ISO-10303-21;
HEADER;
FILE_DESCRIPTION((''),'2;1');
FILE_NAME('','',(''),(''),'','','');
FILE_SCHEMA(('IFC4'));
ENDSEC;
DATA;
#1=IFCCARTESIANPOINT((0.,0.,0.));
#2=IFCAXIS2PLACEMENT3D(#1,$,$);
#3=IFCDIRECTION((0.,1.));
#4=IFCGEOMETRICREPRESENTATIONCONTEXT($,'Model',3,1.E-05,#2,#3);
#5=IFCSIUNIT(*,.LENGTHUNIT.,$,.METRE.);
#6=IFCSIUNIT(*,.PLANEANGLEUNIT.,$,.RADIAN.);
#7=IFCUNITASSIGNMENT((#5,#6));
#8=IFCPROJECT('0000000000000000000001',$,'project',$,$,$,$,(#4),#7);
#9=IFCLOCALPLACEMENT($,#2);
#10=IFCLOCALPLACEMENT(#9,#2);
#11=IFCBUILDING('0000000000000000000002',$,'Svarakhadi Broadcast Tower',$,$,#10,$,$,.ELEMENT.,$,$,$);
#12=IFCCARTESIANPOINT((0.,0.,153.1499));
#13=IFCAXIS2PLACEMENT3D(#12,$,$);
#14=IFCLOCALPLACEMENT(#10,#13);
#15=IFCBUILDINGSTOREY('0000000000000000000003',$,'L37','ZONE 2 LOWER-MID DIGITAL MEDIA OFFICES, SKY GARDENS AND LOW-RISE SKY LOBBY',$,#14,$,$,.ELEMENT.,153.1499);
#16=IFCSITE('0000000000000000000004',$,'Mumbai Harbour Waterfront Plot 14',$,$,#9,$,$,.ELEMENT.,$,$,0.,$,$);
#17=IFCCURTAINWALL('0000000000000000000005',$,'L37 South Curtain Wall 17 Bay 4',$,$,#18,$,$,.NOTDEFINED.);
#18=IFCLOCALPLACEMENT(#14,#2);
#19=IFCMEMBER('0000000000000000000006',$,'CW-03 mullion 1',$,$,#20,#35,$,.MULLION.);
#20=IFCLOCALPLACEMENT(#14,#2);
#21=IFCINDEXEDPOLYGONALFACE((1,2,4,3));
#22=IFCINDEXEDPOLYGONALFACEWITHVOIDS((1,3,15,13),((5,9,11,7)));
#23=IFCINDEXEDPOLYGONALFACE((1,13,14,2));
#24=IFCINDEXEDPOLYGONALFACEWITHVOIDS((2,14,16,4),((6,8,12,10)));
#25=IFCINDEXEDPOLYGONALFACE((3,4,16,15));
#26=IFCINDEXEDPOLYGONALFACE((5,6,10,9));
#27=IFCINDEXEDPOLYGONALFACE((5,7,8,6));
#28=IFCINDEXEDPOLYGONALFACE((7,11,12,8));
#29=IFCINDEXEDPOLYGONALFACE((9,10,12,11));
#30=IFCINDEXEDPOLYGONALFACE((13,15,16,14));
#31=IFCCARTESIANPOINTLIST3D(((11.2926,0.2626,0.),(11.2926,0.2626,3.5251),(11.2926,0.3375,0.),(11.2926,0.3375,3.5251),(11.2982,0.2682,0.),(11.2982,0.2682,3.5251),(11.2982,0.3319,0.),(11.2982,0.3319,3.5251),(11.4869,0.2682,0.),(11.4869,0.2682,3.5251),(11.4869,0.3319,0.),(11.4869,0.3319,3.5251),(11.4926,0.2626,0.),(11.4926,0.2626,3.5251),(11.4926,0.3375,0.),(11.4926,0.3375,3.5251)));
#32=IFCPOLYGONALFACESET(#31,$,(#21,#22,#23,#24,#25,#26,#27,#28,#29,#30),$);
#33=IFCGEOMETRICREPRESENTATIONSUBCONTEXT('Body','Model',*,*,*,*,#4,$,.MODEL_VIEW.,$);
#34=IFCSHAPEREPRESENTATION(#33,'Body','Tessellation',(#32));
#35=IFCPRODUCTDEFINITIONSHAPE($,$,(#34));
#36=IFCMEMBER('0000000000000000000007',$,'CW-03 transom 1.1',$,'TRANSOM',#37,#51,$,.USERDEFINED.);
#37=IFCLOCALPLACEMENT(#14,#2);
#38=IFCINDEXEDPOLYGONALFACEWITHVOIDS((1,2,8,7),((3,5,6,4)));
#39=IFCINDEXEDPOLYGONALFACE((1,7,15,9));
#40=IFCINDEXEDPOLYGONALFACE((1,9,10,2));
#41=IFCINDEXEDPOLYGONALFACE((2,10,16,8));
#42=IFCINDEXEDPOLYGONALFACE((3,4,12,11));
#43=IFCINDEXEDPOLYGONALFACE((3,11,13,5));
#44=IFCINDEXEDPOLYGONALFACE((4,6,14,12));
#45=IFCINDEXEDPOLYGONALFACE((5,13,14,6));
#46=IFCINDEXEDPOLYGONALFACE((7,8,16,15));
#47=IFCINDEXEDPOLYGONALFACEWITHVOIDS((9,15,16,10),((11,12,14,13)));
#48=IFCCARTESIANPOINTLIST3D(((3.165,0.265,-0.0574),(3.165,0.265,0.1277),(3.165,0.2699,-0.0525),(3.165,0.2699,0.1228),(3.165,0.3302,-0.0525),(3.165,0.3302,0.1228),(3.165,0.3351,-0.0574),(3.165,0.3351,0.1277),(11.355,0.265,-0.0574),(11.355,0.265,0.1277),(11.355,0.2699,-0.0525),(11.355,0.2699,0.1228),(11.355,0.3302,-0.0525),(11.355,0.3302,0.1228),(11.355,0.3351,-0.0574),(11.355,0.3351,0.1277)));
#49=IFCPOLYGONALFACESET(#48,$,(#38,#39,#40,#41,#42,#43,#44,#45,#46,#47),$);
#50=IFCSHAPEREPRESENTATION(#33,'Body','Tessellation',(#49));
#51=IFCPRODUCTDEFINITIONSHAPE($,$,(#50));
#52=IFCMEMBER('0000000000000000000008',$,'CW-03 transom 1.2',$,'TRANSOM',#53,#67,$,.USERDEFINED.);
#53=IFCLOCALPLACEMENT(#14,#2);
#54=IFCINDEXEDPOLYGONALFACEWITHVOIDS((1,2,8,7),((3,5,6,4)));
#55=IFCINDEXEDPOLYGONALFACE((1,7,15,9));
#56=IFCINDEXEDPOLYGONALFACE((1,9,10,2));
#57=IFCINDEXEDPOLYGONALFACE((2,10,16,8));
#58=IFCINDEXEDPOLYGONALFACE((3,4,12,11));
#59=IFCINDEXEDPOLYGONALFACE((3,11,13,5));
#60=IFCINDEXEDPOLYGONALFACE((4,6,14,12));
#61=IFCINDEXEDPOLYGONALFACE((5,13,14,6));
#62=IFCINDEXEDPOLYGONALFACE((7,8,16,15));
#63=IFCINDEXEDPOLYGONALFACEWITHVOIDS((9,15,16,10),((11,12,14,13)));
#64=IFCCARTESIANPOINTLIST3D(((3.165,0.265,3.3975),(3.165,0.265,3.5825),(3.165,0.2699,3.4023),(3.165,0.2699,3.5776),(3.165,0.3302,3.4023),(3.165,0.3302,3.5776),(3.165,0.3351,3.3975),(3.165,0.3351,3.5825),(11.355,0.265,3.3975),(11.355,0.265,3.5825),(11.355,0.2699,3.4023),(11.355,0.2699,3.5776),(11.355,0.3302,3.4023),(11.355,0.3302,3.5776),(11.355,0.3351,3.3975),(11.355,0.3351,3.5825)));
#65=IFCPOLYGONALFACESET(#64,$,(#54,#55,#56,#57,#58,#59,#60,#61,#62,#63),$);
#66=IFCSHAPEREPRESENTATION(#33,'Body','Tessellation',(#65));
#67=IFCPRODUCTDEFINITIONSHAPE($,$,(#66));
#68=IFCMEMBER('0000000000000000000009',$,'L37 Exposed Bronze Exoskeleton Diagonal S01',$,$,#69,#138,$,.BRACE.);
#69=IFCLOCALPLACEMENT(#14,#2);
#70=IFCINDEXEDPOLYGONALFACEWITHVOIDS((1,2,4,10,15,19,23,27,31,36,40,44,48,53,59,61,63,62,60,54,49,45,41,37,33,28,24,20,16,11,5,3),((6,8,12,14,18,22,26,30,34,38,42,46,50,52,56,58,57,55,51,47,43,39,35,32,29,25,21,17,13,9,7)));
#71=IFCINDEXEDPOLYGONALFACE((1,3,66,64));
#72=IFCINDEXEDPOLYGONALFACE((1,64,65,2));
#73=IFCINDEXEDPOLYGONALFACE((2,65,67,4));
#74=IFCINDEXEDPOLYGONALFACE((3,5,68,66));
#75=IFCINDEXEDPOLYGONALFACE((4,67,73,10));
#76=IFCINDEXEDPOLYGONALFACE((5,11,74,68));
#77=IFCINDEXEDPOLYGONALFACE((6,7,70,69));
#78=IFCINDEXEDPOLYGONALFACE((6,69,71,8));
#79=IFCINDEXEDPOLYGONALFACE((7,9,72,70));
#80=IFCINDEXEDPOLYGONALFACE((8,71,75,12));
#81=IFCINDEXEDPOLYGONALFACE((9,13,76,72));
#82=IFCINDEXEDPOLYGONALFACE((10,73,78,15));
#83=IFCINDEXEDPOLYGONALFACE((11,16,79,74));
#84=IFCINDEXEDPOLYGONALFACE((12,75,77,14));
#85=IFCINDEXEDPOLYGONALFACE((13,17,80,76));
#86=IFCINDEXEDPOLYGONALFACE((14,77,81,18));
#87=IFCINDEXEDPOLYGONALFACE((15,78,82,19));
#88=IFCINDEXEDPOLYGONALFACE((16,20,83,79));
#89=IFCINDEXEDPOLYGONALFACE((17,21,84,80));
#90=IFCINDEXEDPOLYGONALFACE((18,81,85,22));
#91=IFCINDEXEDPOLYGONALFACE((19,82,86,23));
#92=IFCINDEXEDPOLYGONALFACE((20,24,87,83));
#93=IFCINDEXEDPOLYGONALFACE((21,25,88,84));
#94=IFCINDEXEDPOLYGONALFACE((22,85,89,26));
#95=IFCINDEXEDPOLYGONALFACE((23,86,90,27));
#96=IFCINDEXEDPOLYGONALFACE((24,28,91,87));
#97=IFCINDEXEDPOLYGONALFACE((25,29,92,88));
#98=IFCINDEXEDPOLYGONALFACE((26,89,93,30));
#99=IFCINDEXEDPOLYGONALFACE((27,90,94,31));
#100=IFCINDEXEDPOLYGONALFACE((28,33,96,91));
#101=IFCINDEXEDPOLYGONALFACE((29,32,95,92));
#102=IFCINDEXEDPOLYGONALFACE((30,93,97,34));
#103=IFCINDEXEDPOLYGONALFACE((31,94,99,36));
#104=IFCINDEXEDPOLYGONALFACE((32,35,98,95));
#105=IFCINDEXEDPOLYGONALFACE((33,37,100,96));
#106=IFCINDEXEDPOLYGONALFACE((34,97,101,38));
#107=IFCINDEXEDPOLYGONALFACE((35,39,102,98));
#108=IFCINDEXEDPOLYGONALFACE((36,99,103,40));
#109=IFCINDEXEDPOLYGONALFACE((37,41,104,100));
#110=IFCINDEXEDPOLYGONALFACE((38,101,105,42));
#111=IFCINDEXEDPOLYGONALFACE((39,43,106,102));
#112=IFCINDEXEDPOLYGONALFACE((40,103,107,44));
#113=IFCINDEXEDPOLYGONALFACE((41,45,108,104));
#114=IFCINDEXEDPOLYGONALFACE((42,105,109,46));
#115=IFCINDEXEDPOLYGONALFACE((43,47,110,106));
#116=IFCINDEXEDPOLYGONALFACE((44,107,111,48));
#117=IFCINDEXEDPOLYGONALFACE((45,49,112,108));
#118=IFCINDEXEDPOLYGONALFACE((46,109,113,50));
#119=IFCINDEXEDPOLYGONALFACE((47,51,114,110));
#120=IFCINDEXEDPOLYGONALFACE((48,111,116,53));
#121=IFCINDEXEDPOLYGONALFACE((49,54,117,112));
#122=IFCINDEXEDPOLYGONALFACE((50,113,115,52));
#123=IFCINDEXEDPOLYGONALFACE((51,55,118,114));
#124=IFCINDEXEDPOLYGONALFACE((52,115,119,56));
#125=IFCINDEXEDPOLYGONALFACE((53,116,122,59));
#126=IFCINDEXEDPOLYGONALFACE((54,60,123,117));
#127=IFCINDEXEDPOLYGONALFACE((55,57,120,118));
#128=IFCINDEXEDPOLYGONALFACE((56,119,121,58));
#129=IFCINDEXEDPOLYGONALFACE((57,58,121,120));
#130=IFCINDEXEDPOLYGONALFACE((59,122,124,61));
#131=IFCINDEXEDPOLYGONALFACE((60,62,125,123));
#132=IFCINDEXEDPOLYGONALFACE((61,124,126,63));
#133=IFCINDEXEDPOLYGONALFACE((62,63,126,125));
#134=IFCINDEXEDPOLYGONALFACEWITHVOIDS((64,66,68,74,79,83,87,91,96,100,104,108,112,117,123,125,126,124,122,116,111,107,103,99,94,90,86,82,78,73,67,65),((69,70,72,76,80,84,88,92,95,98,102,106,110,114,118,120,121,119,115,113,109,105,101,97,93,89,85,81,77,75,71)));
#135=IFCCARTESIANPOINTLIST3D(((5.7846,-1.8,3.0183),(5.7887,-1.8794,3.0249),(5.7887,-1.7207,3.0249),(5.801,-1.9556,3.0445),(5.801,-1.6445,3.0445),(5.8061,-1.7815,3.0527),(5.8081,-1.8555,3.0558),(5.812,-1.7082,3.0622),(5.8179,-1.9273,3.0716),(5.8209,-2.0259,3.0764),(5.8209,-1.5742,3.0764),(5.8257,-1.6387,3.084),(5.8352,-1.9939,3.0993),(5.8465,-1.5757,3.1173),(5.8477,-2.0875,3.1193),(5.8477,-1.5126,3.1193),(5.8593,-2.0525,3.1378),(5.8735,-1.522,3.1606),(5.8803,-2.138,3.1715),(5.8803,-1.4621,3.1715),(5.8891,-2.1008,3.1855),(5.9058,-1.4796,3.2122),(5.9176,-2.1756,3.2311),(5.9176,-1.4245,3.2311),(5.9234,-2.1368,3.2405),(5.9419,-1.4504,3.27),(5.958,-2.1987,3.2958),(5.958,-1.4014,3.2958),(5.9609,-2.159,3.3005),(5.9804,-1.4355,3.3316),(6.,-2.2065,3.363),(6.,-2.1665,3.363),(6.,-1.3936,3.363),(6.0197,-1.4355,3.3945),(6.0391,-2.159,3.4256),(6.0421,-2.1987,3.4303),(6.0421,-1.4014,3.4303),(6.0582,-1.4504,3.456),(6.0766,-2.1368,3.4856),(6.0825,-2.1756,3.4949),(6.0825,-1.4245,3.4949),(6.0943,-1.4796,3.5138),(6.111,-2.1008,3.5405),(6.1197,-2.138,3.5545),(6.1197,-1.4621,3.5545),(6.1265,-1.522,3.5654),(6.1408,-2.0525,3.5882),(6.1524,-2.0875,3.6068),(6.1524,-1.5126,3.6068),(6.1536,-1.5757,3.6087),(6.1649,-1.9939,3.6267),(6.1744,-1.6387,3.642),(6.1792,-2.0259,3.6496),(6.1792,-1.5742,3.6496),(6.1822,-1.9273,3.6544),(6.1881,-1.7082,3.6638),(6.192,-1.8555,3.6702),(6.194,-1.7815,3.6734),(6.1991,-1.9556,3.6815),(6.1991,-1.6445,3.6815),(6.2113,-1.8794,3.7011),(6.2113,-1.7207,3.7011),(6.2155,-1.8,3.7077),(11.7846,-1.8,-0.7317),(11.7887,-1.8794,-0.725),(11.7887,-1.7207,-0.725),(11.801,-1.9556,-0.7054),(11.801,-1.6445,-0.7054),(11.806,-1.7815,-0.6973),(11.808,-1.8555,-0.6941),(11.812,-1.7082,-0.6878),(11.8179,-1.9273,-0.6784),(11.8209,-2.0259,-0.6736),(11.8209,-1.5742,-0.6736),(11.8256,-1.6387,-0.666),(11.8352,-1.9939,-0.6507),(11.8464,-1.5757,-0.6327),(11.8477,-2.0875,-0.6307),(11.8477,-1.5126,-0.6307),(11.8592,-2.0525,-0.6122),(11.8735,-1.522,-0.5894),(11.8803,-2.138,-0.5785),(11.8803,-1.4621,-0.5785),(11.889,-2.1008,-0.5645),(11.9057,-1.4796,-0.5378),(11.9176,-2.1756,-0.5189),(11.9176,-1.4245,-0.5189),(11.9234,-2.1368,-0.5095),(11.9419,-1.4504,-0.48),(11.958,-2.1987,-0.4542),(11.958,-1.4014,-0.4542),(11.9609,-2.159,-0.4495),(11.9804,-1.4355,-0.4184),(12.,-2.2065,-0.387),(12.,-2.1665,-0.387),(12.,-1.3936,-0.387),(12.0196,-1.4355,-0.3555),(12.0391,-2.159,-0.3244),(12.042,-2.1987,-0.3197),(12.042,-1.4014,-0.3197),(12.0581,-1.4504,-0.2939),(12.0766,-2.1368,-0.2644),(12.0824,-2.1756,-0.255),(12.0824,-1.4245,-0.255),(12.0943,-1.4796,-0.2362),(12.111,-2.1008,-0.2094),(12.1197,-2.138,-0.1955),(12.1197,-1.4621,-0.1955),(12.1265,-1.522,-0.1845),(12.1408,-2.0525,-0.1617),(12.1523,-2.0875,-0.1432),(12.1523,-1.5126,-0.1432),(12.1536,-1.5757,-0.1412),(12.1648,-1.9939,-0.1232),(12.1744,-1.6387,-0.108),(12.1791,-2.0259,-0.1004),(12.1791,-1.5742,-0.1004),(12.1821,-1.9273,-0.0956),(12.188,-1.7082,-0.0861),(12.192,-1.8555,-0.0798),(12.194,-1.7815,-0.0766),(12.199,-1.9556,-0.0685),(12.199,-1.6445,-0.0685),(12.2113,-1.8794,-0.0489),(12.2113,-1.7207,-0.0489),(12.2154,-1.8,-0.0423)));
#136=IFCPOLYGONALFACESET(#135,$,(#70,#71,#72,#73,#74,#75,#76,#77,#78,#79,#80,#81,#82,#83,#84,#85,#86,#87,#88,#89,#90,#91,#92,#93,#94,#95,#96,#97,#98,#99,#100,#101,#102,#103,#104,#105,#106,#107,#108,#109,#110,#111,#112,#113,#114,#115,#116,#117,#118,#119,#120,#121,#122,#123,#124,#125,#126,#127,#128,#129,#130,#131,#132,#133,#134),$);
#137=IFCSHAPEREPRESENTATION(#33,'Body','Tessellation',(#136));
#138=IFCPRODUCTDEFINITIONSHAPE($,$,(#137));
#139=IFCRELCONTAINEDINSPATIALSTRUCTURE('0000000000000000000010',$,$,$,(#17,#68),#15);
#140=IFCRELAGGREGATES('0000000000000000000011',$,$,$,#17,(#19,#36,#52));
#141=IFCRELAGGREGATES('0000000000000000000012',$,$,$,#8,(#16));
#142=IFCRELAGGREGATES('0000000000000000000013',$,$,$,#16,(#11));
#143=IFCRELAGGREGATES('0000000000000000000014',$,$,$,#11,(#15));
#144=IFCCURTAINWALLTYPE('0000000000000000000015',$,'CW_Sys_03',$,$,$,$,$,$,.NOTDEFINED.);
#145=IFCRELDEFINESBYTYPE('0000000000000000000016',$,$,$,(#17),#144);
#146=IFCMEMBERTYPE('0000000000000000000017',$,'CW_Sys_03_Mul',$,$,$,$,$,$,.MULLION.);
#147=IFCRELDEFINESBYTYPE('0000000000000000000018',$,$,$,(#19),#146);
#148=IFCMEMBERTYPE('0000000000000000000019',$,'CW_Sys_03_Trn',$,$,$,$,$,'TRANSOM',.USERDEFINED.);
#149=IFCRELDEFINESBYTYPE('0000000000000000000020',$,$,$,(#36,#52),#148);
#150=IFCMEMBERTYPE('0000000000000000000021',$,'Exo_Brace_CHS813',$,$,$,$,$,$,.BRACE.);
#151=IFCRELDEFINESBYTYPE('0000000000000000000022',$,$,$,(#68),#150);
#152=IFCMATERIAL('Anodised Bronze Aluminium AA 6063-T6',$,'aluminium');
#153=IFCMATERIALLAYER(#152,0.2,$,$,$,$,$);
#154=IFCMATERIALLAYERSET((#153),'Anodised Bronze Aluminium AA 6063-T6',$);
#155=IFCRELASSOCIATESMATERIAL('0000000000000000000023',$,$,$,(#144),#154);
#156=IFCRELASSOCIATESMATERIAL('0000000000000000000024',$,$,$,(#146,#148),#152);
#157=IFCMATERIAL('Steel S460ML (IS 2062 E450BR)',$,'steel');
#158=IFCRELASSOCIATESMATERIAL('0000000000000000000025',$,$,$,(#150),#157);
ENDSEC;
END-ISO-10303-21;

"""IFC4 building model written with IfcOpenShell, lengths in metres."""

from ifc_helpers import new_model, si_unit, direction, frame, origin, origin_2d, place, context, subcontext, project, spatial, hollow_rectangle, hollow_circle, extrude, material, layer, layer_set, material_profile, profile_set, type_object, element, aggregate, save


model = new_model("IFC4")

# Units and contexts
model_context = context("Model", 3, precision=1e-05, world=origin(), true_north=direction((0.0, 1.0)))
body_context = subcontext(model_context, "Body", "Model", "MODEL_VIEW")
ifc_project = project(units=[si_unit("LENGTHUNIT", "METRE"), si_unit("PLANEANGLEUNIT", "RADIAN")], contexts=[model_context])

# Site, building, storey
site_placement = place(None, origin())
site = spatial("IfcSite", under=ifc_project, at=site_placement, Name="Mumbai Harbour Waterfront Plot 14", CompositionType="ELEMENT", RefElevation=0.0)
building_placement = place(site_placement, origin())
building = spatial("IfcBuilding", under=site, at=building_placement, Name="Svarakhadi Broadcast Tower", CompositionType="ELEMENT")
storey_placement = place(building_placement, frame((0.0, 0.0, 153.1499)))
storey = spatial("IfcBuildingStorey", under=building, at=storey_placement, Name="L37", Description="ZONE 2 LOWER-MID DIGITAL MEDIA OFFICES, SKY GARDENS AND LOW-RISE SKY LOBBY", CompositionType="ELEMENT", Elevation=153.1499)

# Shared definitions
ifc_material_1 = material(Name="Steel S460ML (IS 2062 E450BR)", Category="steel")

# Shared definitions
ifc_material_2 = material(Name="Anodised Bronze Aluminium AA 6063-T6", Category="aluminium")
ifc_layer_1 = layer(ifc_material_2, 0.2)
ifc_layer_set_1 = layer_set([ifc_layer_1], Name="Anodised Bronze Aluminium AA 6063-T6")
curtain_wall_type = type_object("IfcCurtainWallType", Name="CW_Sys_03", PredefinedType="NOTDEFINED", material=ifc_layer_set_1)
ifc_material_profile_1 = material_profile(ifc_material_2, hollow_rectangle(XDim=0.075, YDim=0.2, WallThickness=0.0056, at=origin_2d()), Name="ALU MULLION 200x75x6")
ifc_profile_set_1 = profile_set([ifc_material_profile_1], Name="Anodised Bronze Aluminium AA 6063-T6")
member_type_1 = type_object("IfcMemberType", Name="CW_Sys_03_Mul", PredefinedType="MULLION", material=ifc_profile_set_1)

# Curtain wall, members
curtain_wall_1_placement = place(storey_placement, origin())
curtain_wall_1 = element("IfcCurtainWall", 1, at=curtain_wall_1_placement, inside=storey, type_object=curtain_wall_type, Name="L37 South Curtain Wall 17 Bay 4", PredefinedType="NOTDEFINED")
member_1_placement = place(storey_placement, frame((11.3926, 0.3, 0.0), z_axis=(0.0, 0.0, 1.0), x_axis=(0.0, -1.0, 0.0)))
member_1 = element("IfcMember", 2, at=member_1_placement, type_object=member_type_1, Name="CW-03 mullion 1", PredefinedType="MULLION", context=body_context, shape_type="SweptSolid", body=[
    extrude(hollow_rectangle(XDim=0.075, YDim=0.2, WallThickness=0.0056, at=origin_2d()), origin(), (0.0, 0.0, 1.0), 3.5251),
])
ifc_material_profile_2 = material_profile(ifc_material_2, hollow_rectangle(XDim=0.0701, YDim=0.1851, WallThickness=0.0049, at=origin_2d()), Name="ALU TRANSOM 185x70x5")
ifc_profile_set_2 = profile_set([ifc_material_profile_2], Name="Anodised Bronze Aluminium AA 6063-T6")
member_type_2 = type_object("IfcMemberType", Name="CW_Sys_03_Trn", ElementType="TRANSOM", PredefinedType="USERDEFINED", material=ifc_profile_set_2)
member_2_placement = place(storey_placement, frame((11.355, 0.3, 0.0352), z_axis=(-1.0, 0.0, 0.0), x_axis=(0.0, -1.0, 0.0)))
member_2 = element("IfcMember", 3, at=member_2_placement, type_object=member_type_2, Name="CW-03 transom 1.1", ObjectType="TRANSOM", PredefinedType="USERDEFINED", context=body_context, shape_type="SweptSolid", body=[
    extrude(hollow_rectangle(XDim=0.0701, YDim=0.1851, WallThickness=0.0049, at=origin_2d()), origin(), (0.0, 0.0, 1.0), 8.1899),
])
member_3_placement = place(storey_placement, frame((11.355, 0.3, 3.49), z_axis=(-1.0, 0.0, 0.0), x_axis=(0.0, -1.0, 0.0)))
member_3 = element("IfcMember", 4, at=member_3_placement, type_object=member_type_2, Name="CW-03 transom 1.2", ObjectType="TRANSOM", PredefinedType="USERDEFINED", context=body_context, shape_type="SweptSolid", body=[
    extrude(hollow_rectangle(XDim=0.0701, YDim=0.1851, WallThickness=0.0049, at=origin_2d()), origin(), (0.0, 0.0, 1.0), 8.1899),
])

# Member
ifc_material_profile_3 = material_profile(ifc_material_1, hollow_circle(Radius=0.4065, WallThickness=0.04, at=origin_2d()), Name="CHS 813x40")
ifc_profile_set_3 = profile_set([ifc_material_profile_3], Name="Steel S460ML (IS 2062 E450BR)")
member_type_3 = type_object("IfcMemberType", Name="Exo_Brace_CHS813", PredefinedType="BRACE", material=ifc_profile_set_3)
for number, where, z_axis, x_axis, name in (
    (5, (12.0, -1.8, -0.387), (-0.847998, 0.0, 0.529999), (0.0, -1.0, 0.0), "L37 Exposed Bronze Exoskeleton Diagonal S01"),
):
    element("IfcMember", number, at=place(storey_placement, frame(where, z_axis=z_axis, x_axis=x_axis)), inside=storey, type_object=member_type_3, Name=name, PredefinedType="BRACE", context=body_context, shape_type="SweptSolid", body=[
        extrude(hollow_circle(Radius=0.4065, WallThickness=0.04, at=origin_2d()), origin(), (0.0, 0.0, 1.0), 7.0754),
    ])

aggregate(curtain_wall_1, [member_1, member_2, member_3])

save(model, "model.ifc")
